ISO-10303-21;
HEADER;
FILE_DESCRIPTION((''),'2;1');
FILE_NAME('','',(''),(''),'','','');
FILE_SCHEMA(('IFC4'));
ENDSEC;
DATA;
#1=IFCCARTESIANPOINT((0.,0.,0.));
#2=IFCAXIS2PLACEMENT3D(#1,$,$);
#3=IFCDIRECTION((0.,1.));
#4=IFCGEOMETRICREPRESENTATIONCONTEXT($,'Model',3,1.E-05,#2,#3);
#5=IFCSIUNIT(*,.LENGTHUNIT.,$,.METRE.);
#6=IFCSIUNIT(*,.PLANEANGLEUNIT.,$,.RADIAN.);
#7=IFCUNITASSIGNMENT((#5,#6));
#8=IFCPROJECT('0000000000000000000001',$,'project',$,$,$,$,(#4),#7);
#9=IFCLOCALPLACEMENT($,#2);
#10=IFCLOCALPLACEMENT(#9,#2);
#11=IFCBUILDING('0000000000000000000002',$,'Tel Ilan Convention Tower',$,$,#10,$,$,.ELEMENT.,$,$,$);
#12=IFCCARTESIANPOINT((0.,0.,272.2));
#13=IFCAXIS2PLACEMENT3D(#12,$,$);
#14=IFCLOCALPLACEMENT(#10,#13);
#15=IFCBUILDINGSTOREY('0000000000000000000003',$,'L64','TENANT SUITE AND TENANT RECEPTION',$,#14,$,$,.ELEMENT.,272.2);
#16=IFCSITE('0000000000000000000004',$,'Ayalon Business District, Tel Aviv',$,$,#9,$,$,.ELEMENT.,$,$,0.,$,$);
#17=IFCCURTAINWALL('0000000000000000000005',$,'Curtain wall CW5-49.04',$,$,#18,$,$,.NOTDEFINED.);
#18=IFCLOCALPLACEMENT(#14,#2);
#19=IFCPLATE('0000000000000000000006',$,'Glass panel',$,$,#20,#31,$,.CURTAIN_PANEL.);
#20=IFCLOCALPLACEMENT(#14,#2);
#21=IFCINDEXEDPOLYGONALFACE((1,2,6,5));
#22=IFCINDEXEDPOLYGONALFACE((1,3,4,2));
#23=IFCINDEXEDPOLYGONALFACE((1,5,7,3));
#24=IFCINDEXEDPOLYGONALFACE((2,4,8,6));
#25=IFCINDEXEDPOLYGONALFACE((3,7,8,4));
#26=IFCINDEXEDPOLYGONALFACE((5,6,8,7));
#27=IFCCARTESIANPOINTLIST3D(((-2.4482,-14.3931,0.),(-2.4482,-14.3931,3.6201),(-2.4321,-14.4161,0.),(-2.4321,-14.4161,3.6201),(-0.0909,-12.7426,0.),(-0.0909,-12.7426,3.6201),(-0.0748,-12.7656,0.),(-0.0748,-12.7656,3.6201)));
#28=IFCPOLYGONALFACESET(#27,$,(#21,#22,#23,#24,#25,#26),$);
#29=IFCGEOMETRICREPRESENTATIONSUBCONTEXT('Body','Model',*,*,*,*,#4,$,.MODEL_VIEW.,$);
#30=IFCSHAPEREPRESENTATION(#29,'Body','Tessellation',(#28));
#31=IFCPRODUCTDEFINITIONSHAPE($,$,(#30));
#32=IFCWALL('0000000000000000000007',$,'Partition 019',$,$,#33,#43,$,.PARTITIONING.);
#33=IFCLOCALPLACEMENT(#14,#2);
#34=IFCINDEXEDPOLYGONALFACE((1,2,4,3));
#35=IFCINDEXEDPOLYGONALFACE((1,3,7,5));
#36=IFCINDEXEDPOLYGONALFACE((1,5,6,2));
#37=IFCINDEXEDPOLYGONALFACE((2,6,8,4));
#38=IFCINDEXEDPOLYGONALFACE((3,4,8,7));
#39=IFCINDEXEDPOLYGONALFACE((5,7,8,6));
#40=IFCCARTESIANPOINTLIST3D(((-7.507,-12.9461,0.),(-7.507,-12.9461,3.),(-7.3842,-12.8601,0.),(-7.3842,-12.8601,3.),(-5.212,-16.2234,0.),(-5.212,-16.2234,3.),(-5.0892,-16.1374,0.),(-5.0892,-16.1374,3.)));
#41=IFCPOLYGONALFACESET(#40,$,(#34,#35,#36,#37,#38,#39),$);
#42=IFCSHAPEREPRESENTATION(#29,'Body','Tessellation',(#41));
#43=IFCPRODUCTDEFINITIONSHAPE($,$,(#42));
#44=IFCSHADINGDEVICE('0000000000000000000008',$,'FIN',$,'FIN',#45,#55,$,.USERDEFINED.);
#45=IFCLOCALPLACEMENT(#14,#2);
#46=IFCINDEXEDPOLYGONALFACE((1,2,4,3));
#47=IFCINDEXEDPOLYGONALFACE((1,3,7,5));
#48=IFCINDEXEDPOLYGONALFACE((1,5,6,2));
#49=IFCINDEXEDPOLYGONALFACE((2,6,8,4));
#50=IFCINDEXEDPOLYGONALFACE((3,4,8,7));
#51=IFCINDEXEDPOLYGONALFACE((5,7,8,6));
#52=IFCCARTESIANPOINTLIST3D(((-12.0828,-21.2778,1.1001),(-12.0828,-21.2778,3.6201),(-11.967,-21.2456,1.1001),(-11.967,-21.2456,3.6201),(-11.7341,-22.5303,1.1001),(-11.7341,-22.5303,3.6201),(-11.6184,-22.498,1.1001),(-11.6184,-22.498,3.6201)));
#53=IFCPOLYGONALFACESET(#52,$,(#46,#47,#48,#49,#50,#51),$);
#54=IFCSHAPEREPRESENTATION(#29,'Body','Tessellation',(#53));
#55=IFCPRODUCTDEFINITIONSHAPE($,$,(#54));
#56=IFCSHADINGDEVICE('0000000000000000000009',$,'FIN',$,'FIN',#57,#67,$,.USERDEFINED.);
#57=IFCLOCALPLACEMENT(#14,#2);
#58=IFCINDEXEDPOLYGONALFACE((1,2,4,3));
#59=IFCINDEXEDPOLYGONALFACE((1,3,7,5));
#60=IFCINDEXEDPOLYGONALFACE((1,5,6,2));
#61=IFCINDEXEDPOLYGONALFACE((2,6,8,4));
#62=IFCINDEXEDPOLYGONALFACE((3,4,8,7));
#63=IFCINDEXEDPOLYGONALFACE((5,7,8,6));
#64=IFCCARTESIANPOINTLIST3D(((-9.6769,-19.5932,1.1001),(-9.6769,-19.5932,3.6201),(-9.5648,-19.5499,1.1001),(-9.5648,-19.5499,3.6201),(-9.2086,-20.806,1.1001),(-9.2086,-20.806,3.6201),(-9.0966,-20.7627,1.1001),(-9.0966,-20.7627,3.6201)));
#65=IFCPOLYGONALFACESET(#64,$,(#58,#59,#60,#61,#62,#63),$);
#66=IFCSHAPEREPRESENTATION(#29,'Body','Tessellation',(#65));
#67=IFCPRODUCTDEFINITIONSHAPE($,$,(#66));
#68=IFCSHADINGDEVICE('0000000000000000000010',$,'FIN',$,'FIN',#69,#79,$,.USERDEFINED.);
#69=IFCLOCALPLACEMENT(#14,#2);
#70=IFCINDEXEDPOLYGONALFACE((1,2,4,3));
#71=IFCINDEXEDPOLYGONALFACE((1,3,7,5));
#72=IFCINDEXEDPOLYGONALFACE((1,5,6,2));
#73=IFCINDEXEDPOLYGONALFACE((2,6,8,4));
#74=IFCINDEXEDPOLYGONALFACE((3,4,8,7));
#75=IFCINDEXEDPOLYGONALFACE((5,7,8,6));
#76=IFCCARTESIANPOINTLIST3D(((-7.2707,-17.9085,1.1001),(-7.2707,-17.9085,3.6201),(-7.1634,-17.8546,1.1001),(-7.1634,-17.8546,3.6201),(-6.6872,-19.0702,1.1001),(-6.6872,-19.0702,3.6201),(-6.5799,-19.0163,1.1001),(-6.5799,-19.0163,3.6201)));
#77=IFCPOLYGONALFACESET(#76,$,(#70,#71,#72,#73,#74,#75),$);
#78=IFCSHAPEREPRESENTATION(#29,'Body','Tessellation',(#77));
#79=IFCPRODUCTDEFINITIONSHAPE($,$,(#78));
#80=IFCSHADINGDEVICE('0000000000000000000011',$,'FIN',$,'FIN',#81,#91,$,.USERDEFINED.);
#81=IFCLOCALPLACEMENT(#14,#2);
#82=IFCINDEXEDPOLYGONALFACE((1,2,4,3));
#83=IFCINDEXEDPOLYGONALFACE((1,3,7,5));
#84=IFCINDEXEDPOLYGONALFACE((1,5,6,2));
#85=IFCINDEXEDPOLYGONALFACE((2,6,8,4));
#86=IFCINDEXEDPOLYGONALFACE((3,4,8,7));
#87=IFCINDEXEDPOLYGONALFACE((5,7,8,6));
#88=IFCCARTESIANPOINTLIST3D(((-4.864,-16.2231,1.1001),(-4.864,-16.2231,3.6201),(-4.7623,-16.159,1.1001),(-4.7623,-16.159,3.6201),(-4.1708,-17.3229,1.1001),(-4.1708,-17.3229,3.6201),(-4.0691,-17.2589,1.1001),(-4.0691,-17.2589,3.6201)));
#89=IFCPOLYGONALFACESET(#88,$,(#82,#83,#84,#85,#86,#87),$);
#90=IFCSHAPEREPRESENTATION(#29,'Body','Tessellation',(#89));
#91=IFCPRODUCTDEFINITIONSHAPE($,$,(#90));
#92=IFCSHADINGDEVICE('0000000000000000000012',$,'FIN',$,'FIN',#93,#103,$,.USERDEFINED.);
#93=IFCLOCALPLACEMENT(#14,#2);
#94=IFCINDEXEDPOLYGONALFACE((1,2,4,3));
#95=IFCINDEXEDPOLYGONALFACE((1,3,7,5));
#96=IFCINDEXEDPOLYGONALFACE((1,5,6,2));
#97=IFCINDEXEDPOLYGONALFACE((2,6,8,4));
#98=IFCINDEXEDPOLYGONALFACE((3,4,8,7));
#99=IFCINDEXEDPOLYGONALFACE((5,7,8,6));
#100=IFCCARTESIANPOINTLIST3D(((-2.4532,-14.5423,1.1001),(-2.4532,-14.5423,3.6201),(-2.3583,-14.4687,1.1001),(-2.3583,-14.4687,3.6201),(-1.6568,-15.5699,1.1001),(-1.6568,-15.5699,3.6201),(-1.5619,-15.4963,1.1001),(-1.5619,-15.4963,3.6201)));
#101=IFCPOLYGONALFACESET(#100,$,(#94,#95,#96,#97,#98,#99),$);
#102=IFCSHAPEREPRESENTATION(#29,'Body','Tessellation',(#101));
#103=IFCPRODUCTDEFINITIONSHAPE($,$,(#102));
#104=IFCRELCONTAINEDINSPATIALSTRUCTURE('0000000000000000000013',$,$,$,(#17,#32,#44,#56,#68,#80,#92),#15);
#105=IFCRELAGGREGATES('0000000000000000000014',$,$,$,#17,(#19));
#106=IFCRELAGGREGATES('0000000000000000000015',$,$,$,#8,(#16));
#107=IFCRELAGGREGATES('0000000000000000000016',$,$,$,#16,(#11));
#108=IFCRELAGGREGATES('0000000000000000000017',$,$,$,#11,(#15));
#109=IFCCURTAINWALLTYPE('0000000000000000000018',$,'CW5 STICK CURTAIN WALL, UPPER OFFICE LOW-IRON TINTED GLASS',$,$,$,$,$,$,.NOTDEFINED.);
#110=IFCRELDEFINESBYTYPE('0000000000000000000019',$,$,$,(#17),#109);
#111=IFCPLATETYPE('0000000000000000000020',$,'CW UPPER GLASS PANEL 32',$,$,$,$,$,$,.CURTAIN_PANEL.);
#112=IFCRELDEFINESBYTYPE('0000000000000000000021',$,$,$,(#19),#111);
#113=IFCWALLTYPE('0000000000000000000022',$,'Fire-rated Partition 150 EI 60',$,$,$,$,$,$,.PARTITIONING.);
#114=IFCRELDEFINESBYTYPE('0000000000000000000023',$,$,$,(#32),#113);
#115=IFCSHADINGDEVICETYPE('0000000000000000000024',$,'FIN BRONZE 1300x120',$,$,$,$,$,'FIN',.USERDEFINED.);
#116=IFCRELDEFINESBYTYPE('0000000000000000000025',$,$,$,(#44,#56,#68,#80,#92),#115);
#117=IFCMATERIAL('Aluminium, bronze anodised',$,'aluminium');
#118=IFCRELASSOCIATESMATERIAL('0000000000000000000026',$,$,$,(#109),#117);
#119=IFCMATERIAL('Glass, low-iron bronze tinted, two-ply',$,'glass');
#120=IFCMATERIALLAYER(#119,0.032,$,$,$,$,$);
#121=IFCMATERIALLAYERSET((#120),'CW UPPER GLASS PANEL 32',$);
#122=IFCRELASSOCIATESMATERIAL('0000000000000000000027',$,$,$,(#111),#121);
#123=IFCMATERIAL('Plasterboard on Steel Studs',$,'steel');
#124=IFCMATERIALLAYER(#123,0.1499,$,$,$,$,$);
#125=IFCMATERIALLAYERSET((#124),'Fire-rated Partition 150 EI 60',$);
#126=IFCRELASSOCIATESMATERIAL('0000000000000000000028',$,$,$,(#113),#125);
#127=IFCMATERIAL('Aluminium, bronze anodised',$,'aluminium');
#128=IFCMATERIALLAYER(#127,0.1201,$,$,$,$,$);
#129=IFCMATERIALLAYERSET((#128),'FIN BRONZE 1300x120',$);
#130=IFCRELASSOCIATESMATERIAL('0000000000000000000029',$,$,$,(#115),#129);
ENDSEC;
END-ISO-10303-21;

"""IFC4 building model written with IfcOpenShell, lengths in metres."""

from ifc_helpers import new_model, si_unit, direction, frame, frame_2d, origin, origin_2d, place, context, subcontext, project, spatial, rectangle, extrude, material, layer, layer_set, type_object, element, aggregate, save


model = new_model("IFC4")

# Units and contexts
model_context = context("Model", 3, precision=1e-05, world=origin(), true_north=direction((0.0, 1.0)))
body_context = subcontext(model_context, "Body", "Model", "MODEL_VIEW")
ifc_project = project(units=[si_unit("LENGTHUNIT", "METRE"), si_unit("PLANEANGLEUNIT", "RADIAN")], contexts=[model_context])

# Site, building, storey
site_placement = place(None, origin())
site = spatial("IfcSite", under=ifc_project, at=site_placement, Name="Ayalon Business District, Tel Aviv", CompositionType="ELEMENT", RefElevation=0.0)
building_placement = place(site_placement, origin())
building = spatial("IfcBuilding", under=site, at=building_placement, Name="Tel Ilan Convention Tower", CompositionType="ELEMENT")
storey_placement = place(building_placement, frame((0.0, 0.0, 272.2)))
storey = spatial("IfcBuildingStorey", under=building, at=storey_placement, Name="L64", Description="TENANT SUITE AND TENANT RECEPTION", CompositionType="ELEMENT", Elevation=272.2)

# Curtain wall, plate
ifc_material_1 = material(Name="Aluminium, bronze anodised", Category="aluminium")
curtain_wall_type = type_object("IfcCurtainWallType", Name="CW5 STICK CURTAIN WALL, UPPER OFFICE LOW-IRON TINTED GLASS", PredefinedType="NOTDEFINED", material=ifc_material_1)
curtain_wall_placement = place(storey_placement, origin())
curtain_wall = element("IfcCurtainWall", 1, at=curtain_wall_placement, inside=storey, type_object=curtain_wall_type, Name="Curtain wall CW5-49.04", PredefinedType="NOTDEFINED")
ifc_material_2 = material(Name="Glass, low-iron bronze tinted, two-ply", Category="glass")
ifc_layer_1 = layer(ifc_material_2, 0.032)
ifc_layer_set_1 = layer_set([ifc_layer_1], Name="CW UPPER GLASS PANEL 32")
plate_type = type_object("IfcPlateType", Name="CW UPPER GLASS PANEL 32", PredefinedType="CURTAIN_PANEL", material=ifc_layer_set_1)
plate_1_placement = place(storey_placement, frame((-1.2615, -13.5793, 0.0), z_axis=(0.0, 0.0, 1.0), x_axis=(0.819152, 0.573576, 0.0)))
plate_1 = element("IfcPlate", 2, at=plate_1_placement, type_object=plate_type, Name="Glass panel", PredefinedType="CURTAIN_PANEL", context=body_context, shape_type="SweptSolid", body=[
    extrude(rectangle(XDim=2.8777, YDim=0.0281, at=origin_2d()), origin(), (0.0, 0.0, 1.0), 3.6201),
])
aggregate(curtain_wall, [plate_1])

# Wall
ifc_material_3 = material(Name="Plasterboard on Steel Studs", Category="steel")
ifc_layer_2 = layer(ifc_material_3, 0.1499)
ifc_layer_set_2 = layer_set([ifc_layer_2], Name="Fire-rated Partition 150 EI 60")
wall_type = type_object("IfcWallType", Name="Fire-rated Partition 150 EI 60", PredefinedType="PARTITIONING", material=ifc_layer_set_2)
wall_placement = place(storey_placement, frame((-5.1506, -16.1804, 0.0), z_axis=(0.0, 0.0, 1.0), x_axis=(-0.573593, 0.81914, 0.0)))
element("IfcWall", 3, at=wall_placement, inside=storey, type_object=wall_type, Name="Partition 019", PredefinedType="PARTITIONING", context=body_context, shape_type="SweptSolid", body=[
    extrude(rectangle(XDim=4.001, YDim=0.1499, at=frame_2d((2.0005, 0.0))), origin(), (0.0, 0.0, 1.0), 3.0),
])

# Shading devices
ifc_material_4 = material(Name="Aluminium, bronze anodised", Category="aluminium")
ifc_layer_3 = layer(ifc_material_4, 0.1201)
ifc_layer_set_3 = layer_set([ifc_layer_3], Name="FIN BRONZE 1300x120")
shading_device_type = type_object("IfcShadingDeviceType", Name="FIN BRONZE 1300x120", ElementType="FIN", PredefinedType="USERDEFINED", material=ifc_layer_set_3)
for number, where, z_axis, x_axis, name in (
    (4, (-11.8506, -21.8879, 1.1001), (0.0, 0.0, 1.0), (0.268173, -0.963371, 0.0), "FIN"),
    (5, (-9.3867, -20.178, 1.1001), (0.0, 0.0, 1.0), (0.360178, -0.932884, 0.0), "FIN"),
    (6, (-6.9253, -18.4624, 1.1001), (0.0, 0.0, 1.0), (0.448799, -0.893633, 0.0), "FIN"),
    (7, (-4.4666, -16.741, 1.1001), (0.0, 0.0, 1.0), (0.533204, -0.845986, 0.0), "FIN"),
    (8, (-2.0076, -15.0193, 1.1001), (0.0, 0.0, 1.0), (0.612601, -0.790393, 0.0), "FIN"),
):
    element("IfcShadingDevice", number, at=place(storey_placement, frame(where, z_axis=z_axis, x_axis=x_axis)), inside=storey, type_object=shading_device_type, Name=name, ObjectType="FIN", PredefinedType="USERDEFINED", context=body_context, shape_type="SweptSolid", body=[
        extrude(rectangle(XDim=1.3, YDim=0.1201, at=origin_2d()), origin(), (0.0, 0.0, 1.0), 2.52),
    ])

save(model, "model.ifc")
